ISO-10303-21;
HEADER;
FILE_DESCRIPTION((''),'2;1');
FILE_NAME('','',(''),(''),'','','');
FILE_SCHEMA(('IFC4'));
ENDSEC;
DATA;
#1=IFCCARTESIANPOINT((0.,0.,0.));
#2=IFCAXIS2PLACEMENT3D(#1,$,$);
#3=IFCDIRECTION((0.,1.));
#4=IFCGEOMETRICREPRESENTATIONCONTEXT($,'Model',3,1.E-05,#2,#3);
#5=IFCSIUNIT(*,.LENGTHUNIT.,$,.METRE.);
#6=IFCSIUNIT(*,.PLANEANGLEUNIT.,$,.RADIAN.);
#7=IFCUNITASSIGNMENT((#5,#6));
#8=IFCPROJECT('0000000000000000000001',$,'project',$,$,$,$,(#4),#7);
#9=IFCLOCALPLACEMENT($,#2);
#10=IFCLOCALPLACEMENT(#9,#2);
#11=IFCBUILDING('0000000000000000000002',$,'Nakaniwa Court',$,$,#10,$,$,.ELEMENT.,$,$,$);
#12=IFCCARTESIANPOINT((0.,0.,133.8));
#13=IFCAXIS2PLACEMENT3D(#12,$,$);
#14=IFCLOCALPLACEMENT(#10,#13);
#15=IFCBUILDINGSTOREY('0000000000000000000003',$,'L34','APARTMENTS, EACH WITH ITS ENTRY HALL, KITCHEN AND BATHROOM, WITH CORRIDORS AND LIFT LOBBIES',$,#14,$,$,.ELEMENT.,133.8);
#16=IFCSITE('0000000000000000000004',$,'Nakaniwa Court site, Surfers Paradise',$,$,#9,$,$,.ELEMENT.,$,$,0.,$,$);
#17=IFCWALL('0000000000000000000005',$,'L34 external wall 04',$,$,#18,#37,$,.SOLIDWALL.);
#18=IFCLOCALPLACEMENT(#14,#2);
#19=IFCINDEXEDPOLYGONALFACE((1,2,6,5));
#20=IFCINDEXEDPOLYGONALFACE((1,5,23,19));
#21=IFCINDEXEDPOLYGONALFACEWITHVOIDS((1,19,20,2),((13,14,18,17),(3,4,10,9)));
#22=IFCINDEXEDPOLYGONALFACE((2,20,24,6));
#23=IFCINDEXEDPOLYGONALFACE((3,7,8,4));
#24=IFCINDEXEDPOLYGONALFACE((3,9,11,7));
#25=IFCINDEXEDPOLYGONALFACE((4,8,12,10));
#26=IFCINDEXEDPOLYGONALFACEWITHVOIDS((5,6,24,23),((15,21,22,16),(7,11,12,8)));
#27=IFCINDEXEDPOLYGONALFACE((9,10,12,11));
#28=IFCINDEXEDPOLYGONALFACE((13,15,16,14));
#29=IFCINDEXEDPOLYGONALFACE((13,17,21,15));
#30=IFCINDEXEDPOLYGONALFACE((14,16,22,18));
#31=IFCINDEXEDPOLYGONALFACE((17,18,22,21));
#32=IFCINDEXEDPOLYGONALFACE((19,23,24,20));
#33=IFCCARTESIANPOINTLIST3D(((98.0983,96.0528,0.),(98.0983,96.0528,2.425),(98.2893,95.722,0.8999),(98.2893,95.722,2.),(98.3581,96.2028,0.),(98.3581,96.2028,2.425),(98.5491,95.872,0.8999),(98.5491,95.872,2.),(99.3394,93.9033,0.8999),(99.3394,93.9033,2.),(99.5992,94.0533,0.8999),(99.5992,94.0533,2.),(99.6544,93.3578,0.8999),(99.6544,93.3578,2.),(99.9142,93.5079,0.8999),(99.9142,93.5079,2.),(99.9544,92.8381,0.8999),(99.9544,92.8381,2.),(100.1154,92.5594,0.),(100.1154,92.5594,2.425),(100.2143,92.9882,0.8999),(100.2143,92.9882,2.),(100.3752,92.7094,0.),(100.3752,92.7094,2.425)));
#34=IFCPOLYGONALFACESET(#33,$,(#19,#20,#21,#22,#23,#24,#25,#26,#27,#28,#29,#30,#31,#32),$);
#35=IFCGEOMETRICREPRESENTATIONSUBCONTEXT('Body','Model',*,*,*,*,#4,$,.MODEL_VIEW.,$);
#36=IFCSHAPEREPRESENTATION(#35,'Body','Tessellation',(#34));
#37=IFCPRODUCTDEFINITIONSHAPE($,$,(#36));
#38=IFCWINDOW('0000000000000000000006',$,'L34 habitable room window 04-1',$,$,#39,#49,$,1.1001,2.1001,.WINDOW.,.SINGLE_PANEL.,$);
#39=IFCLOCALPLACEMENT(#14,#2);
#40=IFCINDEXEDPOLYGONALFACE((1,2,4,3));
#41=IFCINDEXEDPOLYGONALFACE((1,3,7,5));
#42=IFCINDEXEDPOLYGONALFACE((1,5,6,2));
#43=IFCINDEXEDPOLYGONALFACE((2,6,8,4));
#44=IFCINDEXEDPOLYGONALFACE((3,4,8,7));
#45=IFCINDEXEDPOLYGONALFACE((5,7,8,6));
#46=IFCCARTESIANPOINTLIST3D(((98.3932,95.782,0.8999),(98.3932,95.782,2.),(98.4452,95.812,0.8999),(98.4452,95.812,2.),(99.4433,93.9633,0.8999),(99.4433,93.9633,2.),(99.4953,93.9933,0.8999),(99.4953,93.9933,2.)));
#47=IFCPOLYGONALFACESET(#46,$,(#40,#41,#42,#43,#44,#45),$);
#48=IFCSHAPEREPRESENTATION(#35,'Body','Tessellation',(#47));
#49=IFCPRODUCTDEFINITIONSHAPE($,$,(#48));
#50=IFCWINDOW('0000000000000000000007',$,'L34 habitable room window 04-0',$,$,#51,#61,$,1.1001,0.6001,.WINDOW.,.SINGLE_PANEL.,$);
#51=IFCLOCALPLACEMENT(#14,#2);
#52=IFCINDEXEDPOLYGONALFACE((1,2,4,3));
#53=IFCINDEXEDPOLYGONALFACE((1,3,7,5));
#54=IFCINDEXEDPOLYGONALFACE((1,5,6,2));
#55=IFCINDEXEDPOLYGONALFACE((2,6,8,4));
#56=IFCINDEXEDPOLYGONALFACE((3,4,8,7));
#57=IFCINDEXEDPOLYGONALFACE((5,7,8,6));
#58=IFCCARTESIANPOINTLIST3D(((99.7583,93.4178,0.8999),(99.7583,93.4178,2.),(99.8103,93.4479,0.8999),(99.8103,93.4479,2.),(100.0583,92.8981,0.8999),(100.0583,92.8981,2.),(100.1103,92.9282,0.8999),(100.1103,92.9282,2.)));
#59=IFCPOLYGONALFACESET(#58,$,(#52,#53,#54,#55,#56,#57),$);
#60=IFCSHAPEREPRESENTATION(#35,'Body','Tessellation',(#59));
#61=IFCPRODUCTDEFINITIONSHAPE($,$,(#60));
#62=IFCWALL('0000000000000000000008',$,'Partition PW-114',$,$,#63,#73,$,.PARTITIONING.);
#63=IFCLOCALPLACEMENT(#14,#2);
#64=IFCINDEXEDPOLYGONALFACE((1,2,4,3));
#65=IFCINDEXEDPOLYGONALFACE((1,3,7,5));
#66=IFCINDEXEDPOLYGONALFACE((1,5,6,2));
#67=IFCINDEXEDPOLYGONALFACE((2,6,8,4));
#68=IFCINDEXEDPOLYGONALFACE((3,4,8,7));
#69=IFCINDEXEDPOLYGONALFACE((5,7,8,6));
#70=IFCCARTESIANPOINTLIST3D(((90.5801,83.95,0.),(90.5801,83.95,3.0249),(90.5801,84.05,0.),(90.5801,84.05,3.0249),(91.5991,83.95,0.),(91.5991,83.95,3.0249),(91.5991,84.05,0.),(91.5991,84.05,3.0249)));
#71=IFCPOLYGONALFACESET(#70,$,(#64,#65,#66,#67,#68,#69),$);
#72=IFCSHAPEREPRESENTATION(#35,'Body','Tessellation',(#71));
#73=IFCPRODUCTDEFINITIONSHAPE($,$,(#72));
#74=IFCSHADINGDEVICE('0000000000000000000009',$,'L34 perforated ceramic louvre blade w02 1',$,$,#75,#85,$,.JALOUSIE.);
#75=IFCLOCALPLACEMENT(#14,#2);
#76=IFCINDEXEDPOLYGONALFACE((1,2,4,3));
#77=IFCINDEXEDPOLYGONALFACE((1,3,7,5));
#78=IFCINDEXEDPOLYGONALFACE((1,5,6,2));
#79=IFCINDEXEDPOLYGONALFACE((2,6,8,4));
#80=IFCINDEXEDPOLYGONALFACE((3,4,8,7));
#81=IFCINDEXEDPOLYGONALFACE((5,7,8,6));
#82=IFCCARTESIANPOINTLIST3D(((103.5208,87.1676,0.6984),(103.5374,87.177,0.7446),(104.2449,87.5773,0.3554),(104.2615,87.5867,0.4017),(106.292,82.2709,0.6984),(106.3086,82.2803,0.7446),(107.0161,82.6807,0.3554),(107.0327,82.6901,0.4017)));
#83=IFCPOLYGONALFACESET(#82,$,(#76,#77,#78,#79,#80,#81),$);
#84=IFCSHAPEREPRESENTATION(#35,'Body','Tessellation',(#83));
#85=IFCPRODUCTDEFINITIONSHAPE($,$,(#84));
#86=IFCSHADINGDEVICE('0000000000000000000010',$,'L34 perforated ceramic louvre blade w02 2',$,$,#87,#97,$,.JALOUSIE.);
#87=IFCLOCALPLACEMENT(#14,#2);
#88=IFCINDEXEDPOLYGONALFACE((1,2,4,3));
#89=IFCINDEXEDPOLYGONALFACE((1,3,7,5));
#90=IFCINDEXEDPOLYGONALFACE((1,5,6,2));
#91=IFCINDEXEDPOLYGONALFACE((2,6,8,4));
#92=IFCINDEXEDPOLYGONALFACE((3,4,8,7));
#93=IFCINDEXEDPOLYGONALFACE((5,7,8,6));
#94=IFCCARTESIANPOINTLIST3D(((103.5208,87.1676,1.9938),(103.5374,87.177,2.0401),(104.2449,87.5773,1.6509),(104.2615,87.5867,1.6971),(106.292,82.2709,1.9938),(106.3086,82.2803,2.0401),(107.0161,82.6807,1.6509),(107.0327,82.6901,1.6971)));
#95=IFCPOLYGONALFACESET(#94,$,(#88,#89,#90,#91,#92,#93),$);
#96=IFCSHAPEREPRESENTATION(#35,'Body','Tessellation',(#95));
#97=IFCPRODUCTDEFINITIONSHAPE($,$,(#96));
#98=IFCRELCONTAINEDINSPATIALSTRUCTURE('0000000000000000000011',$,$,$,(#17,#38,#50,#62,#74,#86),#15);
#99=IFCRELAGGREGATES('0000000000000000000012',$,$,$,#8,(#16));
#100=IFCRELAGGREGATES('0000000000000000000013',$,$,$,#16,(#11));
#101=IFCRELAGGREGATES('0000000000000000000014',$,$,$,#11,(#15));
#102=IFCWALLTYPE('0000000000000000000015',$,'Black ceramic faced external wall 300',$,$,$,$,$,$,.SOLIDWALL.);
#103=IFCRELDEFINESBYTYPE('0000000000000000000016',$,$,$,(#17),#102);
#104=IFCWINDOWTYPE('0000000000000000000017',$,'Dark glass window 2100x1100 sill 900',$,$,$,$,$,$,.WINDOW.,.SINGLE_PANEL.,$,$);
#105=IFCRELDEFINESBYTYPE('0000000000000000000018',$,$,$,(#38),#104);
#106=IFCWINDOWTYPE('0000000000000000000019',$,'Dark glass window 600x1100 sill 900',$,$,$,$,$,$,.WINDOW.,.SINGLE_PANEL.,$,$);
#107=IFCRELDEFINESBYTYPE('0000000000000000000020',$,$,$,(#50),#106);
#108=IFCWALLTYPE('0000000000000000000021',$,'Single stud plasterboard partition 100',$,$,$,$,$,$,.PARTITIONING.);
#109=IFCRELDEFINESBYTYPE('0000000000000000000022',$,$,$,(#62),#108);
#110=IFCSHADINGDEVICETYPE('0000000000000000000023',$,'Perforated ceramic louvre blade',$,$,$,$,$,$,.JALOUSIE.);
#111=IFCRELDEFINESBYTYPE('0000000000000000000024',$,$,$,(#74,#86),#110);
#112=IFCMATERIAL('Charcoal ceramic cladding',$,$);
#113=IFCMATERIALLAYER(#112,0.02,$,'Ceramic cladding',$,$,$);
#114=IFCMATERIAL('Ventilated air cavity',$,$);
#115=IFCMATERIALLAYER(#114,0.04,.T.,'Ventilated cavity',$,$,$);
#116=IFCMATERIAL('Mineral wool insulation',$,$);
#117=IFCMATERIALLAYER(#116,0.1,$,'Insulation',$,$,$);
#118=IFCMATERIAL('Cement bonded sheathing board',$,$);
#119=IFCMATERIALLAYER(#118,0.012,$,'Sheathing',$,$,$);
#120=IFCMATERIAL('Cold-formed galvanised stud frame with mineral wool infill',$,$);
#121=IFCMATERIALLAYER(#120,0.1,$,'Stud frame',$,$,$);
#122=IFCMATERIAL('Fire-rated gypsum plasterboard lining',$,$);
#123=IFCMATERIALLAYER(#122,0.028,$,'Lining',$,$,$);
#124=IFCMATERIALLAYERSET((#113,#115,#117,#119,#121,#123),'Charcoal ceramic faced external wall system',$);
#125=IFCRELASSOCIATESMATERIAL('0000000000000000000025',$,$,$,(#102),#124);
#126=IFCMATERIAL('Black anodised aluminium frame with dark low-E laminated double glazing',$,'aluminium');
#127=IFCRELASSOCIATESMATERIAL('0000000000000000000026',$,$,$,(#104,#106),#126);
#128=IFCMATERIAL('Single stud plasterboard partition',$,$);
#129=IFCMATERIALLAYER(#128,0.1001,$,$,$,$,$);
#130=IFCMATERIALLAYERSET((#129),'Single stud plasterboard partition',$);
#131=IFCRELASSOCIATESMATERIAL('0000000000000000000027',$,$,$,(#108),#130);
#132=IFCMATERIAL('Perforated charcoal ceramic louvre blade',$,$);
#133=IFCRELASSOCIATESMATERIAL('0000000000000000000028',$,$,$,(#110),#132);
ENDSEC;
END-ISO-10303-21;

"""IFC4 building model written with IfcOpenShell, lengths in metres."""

from ifc_helpers import new_model, si_unit, direction, frame, frame_2d, origin, origin_2d, place, context, subcontext, project, spatial, rectangle, extrude, material, layer, layer_set, material_profile, profile_set, type_object, element, fill, save


model = new_model("IFC4")

# Units and contexts
model_context = context("Model", 3, precision=1e-05, world=origin(), true_north=direction((0.0, 1.0)))
body_context = subcontext(model_context, "Body", "Model", "MODEL_VIEW")
ifc_project = project(units=[si_unit("LENGTHUNIT", "METRE"), si_unit("PLANEANGLEUNIT", "RADIAN")], contexts=[model_context])

# Site, building, storey
site_placement = place(None, origin())
site = spatial("IfcSite", under=ifc_project, at=site_placement, Name="Nakaniwa Court site, Surfers Paradise", CompositionType="ELEMENT", RefElevation=0.0)
building_placement = place(site_placement, origin())
building = spatial("IfcBuilding", under=site, at=building_placement, Name="Nakaniwa Court", CompositionType="ELEMENT")
storey_placement = place(building_placement, frame((0.0, 0.0, 133.8)))
storey = spatial("IfcBuildingStorey", under=building, at=storey_placement, Name="L34", Description="APARTMENTS, EACH WITH ITS ENTRY HALL, KITCHEN AND BATHROOM, WITH CORRIDORS AND LIFT LOBBIES", CompositionType="ELEMENT", Elevation=133.8)

# Shared definitions
ifc_material_1 = material(Name="Charcoal ceramic cladding")
ifc_layer_1 = layer(ifc_material_1, 0.02, Name="Ceramic cladding")
ifc_material_2 = material(Name="Ventilated air cavity")
ifc_layer_2 = layer(ifc_material_2, 0.04, ventilated=True, Name="Ventilated cavity")
ifc_material_3 = material(Name="Mineral wool insulation")
ifc_layer_3 = layer(ifc_material_3, 0.1, Name="Insulation")
ifc_material_4 = material(Name="Cement bonded sheathing board")
ifc_layer_4 = layer(ifc_material_4, 0.012, Name="Sheathing")
ifc_material_5 = material(Name="Cold-formed galvanised stud frame with mineral wool infill")
ifc_layer_5 = layer(ifc_material_5, 0.1, Name="Stud frame")
ifc_material_6 = material(Name="Fire-rated gypsum plasterboard lining")
ifc_layer_6 = layer(ifc_material_6, 0.028, Name="Lining")
ifc_layer_set_1 = layer_set([ifc_layer_1, ifc_layer_2, ifc_layer_3, ifc_layer_4, ifc_layer_5, ifc_layer_6], Name="Charcoal ceramic faced external wall system")
wall_type_1 = type_object("IfcWallType", Name="Black ceramic faced external wall 300", PredefinedType="SOLIDWALL", material=ifc_layer_set_1)
ifc_material_7 = material(Name="Black anodised aluminium frame with dark low-E laminated double glazing", Category="aluminium")
window_type_1 = type_object("IfcWindowType", Name="Dark glass window 2100x1100 sill 900", PartitioningType="SINGLE_PANEL", PredefinedType="WINDOW", material=ifc_material_7)

# Wall, openings, windows
wall_1_placement = place(storey_placement, frame((100.2454, 92.6343, 0.0), z_axis=(0.0, 0.0, 1.0), x_axis=(-0.500032, 0.866007, 0.0)))
wall_1 = element("IfcWall", 1, at=wall_1_placement, inside=storey, type_object=wall_type_1, Name="L34 external wall 04", PredefinedType="SOLIDWALL", context=body_context, shape_type="SweptSolid", body=[
    extrude(rectangle(XDim=4.0339, YDim=0.3, at=frame_2d((2.0171, 0.0))), origin(), (0.0, 0.0, 1.0), 2.425),
])
opening_1_placement = place(wall_1_placement, frame((0.322, 0.0, 0.8999)))
opening_1 = element("IfcOpeningElement", 2, at=opening_1_placement, cuts=wall_1, PredefinedType="OPENING", context=body_context, shape_type="SweptSolid", body=[
    extrude(rectangle(XDim=0.6001, YDim=1.1001, at=frame_2d((0.3, 0.55))), frame((0.0, 0.1599, 0.0), z_axis=(0.0, -1.0, 0.0), x_axis=(1.0, 0.0, 0.0)), (0.0, 0.0, 1.0), 0.3201),
])
opening_2_placement = place(wall_1_placement, frame((1.552, 0.0, 0.8999)))
opening_2 = element("IfcOpeningElement", 3, at=opening_2_placement, cuts=wall_1, PredefinedType="OPENING", context=body_context, shape_type="SweptSolid", body=[
    extrude(rectangle(XDim=2.1001, YDim=1.1001, at=frame_2d((1.05, 0.55))), frame((0.0, 0.1599, 0.0), z_axis=(0.0, -1.0, 0.0), x_axis=(1.0, 0.0, 0.0)), (0.0, 0.0, 1.0), 0.3201),
])
window_1_placement = place(opening_2_placement, origin())
window_1 = element("IfcWindow", 4, at=window_1_placement, inside=storey, type_object=window_type_1, Name="L34 habitable room window 04-1", OverallHeight=1.1001, OverallWidth=2.1001, PartitioningType="SINGLE_PANEL", PredefinedType="WINDOW", context=body_context, shape_type="SweptSolid", body=[
    extrude(rectangle(XDim=2.1001, YDim=1.1001, at=frame_2d((1.05, 0.55))), frame((0.0, 0.03, 0.0), z_axis=(0.0, -1.0, 0.0), x_axis=(1.0, 0.0, 0.0)), (0.0, 0.0, 1.0), 0.0601),
])
fill(opening_2, window_1)
window_type_2 = type_object("IfcWindowType", Name="Dark glass window 600x1100 sill 900", PartitioningType="SINGLE_PANEL", PredefinedType="WINDOW", material=ifc_material_7)
window_2_placement = place(opening_1_placement, origin())
window_2 = element("IfcWindow", 5, at=window_2_placement, inside=storey, type_object=window_type_2, Name="L34 habitable room window 04-0", OverallHeight=1.1001, OverallWidth=0.6001, PartitioningType="SINGLE_PANEL", PredefinedType="WINDOW", context=body_context, shape_type="SweptSolid", body=[
    extrude(rectangle(XDim=0.6001, YDim=1.1001, at=frame_2d((0.3, 0.55))), frame((0.0, 0.03, 0.0), z_axis=(0.0, -1.0, 0.0), x_axis=(1.0, 0.0, 0.0)), (0.0, 0.0, 1.0), 0.0601),
])
fill(opening_1, window_2)

# Wall
ifc_material_8 = material(Name="Single stud plasterboard partition")
ifc_layer_7 = layer(ifc_material_8, 0.1001)
ifc_layer_set_2 = layer_set([ifc_layer_7], Name="Single stud plasterboard partition")
wall_type_2 = type_object("IfcWallType", Name="Single stud plasterboard partition 100", PredefinedType="PARTITIONING", material=ifc_layer_set_2)
wall_2_placement = place(storey_placement, frame((90.5801, 84.0, 0.0), z_axis=(0.0, 0.0, 1.0), x_axis=(1.0, 0.0, 0.0)))
element("IfcWall", 6, at=wall_2_placement, inside=storey, type_object=wall_type_2, Name="Partition PW-114", PredefinedType="PARTITIONING", context=body_context, shape_type="SweptSolid", body=[
    extrude(rectangle(XDim=1.019, YDim=0.1001, at=frame_2d((0.5095, 0.0))), origin(), (0.0, 0.0, 1.0), 3.0249),
])

# Shading devices
ifc_material_9 = material(Name="Perforated charcoal ceramic louvre blade")
ifc_material_profile_1 = material_profile(ifc_material_9, rectangle(XDim=0.8999, YDim=0.05, at=origin_2d()), Name="Perforated ceramic louvre blade")
ifc_profile_set_1 = profile_set([ifc_material_profile_1], Name="Perforated charcoal ceramic louvre blade")
shading_device_type = type_object("IfcShadingDeviceType", Name="Perforated ceramic louvre blade", PredefinedType="JALOUSIE", material=ifc_profile_set_1)
for number, where, z_axis, x_axis, name in (
    (7, (106.6624, 82.4805, 0.55), (-0.492532, 0.870294, 0.0), (-0.804627, -0.455368, 0.38107), "L34 perforated ceramic louvre blade w02 1"),
    (8, (106.6624, 82.4805, 1.8455), (-0.492532, 0.870294, 0.0), (-0.804627, -0.455368, 0.38107), "L34 perforated ceramic louvre blade w02 2"),
):
    element("IfcShadingDevice", number, at=place(storey_placement, frame(where, z_axis=z_axis, x_axis=x_axis)), inside=storey, type_object=shading_device_type, Name=name, PredefinedType="JALOUSIE", context=body_context, shape_type="SweptSolid", body=[
        extrude(rectangle(XDim=0.8999, YDim=0.05, at=origin_2d()), origin(), (0.0, 0.0, 1.0), 5.6265),
    ])

save(model, "model.ifc")
